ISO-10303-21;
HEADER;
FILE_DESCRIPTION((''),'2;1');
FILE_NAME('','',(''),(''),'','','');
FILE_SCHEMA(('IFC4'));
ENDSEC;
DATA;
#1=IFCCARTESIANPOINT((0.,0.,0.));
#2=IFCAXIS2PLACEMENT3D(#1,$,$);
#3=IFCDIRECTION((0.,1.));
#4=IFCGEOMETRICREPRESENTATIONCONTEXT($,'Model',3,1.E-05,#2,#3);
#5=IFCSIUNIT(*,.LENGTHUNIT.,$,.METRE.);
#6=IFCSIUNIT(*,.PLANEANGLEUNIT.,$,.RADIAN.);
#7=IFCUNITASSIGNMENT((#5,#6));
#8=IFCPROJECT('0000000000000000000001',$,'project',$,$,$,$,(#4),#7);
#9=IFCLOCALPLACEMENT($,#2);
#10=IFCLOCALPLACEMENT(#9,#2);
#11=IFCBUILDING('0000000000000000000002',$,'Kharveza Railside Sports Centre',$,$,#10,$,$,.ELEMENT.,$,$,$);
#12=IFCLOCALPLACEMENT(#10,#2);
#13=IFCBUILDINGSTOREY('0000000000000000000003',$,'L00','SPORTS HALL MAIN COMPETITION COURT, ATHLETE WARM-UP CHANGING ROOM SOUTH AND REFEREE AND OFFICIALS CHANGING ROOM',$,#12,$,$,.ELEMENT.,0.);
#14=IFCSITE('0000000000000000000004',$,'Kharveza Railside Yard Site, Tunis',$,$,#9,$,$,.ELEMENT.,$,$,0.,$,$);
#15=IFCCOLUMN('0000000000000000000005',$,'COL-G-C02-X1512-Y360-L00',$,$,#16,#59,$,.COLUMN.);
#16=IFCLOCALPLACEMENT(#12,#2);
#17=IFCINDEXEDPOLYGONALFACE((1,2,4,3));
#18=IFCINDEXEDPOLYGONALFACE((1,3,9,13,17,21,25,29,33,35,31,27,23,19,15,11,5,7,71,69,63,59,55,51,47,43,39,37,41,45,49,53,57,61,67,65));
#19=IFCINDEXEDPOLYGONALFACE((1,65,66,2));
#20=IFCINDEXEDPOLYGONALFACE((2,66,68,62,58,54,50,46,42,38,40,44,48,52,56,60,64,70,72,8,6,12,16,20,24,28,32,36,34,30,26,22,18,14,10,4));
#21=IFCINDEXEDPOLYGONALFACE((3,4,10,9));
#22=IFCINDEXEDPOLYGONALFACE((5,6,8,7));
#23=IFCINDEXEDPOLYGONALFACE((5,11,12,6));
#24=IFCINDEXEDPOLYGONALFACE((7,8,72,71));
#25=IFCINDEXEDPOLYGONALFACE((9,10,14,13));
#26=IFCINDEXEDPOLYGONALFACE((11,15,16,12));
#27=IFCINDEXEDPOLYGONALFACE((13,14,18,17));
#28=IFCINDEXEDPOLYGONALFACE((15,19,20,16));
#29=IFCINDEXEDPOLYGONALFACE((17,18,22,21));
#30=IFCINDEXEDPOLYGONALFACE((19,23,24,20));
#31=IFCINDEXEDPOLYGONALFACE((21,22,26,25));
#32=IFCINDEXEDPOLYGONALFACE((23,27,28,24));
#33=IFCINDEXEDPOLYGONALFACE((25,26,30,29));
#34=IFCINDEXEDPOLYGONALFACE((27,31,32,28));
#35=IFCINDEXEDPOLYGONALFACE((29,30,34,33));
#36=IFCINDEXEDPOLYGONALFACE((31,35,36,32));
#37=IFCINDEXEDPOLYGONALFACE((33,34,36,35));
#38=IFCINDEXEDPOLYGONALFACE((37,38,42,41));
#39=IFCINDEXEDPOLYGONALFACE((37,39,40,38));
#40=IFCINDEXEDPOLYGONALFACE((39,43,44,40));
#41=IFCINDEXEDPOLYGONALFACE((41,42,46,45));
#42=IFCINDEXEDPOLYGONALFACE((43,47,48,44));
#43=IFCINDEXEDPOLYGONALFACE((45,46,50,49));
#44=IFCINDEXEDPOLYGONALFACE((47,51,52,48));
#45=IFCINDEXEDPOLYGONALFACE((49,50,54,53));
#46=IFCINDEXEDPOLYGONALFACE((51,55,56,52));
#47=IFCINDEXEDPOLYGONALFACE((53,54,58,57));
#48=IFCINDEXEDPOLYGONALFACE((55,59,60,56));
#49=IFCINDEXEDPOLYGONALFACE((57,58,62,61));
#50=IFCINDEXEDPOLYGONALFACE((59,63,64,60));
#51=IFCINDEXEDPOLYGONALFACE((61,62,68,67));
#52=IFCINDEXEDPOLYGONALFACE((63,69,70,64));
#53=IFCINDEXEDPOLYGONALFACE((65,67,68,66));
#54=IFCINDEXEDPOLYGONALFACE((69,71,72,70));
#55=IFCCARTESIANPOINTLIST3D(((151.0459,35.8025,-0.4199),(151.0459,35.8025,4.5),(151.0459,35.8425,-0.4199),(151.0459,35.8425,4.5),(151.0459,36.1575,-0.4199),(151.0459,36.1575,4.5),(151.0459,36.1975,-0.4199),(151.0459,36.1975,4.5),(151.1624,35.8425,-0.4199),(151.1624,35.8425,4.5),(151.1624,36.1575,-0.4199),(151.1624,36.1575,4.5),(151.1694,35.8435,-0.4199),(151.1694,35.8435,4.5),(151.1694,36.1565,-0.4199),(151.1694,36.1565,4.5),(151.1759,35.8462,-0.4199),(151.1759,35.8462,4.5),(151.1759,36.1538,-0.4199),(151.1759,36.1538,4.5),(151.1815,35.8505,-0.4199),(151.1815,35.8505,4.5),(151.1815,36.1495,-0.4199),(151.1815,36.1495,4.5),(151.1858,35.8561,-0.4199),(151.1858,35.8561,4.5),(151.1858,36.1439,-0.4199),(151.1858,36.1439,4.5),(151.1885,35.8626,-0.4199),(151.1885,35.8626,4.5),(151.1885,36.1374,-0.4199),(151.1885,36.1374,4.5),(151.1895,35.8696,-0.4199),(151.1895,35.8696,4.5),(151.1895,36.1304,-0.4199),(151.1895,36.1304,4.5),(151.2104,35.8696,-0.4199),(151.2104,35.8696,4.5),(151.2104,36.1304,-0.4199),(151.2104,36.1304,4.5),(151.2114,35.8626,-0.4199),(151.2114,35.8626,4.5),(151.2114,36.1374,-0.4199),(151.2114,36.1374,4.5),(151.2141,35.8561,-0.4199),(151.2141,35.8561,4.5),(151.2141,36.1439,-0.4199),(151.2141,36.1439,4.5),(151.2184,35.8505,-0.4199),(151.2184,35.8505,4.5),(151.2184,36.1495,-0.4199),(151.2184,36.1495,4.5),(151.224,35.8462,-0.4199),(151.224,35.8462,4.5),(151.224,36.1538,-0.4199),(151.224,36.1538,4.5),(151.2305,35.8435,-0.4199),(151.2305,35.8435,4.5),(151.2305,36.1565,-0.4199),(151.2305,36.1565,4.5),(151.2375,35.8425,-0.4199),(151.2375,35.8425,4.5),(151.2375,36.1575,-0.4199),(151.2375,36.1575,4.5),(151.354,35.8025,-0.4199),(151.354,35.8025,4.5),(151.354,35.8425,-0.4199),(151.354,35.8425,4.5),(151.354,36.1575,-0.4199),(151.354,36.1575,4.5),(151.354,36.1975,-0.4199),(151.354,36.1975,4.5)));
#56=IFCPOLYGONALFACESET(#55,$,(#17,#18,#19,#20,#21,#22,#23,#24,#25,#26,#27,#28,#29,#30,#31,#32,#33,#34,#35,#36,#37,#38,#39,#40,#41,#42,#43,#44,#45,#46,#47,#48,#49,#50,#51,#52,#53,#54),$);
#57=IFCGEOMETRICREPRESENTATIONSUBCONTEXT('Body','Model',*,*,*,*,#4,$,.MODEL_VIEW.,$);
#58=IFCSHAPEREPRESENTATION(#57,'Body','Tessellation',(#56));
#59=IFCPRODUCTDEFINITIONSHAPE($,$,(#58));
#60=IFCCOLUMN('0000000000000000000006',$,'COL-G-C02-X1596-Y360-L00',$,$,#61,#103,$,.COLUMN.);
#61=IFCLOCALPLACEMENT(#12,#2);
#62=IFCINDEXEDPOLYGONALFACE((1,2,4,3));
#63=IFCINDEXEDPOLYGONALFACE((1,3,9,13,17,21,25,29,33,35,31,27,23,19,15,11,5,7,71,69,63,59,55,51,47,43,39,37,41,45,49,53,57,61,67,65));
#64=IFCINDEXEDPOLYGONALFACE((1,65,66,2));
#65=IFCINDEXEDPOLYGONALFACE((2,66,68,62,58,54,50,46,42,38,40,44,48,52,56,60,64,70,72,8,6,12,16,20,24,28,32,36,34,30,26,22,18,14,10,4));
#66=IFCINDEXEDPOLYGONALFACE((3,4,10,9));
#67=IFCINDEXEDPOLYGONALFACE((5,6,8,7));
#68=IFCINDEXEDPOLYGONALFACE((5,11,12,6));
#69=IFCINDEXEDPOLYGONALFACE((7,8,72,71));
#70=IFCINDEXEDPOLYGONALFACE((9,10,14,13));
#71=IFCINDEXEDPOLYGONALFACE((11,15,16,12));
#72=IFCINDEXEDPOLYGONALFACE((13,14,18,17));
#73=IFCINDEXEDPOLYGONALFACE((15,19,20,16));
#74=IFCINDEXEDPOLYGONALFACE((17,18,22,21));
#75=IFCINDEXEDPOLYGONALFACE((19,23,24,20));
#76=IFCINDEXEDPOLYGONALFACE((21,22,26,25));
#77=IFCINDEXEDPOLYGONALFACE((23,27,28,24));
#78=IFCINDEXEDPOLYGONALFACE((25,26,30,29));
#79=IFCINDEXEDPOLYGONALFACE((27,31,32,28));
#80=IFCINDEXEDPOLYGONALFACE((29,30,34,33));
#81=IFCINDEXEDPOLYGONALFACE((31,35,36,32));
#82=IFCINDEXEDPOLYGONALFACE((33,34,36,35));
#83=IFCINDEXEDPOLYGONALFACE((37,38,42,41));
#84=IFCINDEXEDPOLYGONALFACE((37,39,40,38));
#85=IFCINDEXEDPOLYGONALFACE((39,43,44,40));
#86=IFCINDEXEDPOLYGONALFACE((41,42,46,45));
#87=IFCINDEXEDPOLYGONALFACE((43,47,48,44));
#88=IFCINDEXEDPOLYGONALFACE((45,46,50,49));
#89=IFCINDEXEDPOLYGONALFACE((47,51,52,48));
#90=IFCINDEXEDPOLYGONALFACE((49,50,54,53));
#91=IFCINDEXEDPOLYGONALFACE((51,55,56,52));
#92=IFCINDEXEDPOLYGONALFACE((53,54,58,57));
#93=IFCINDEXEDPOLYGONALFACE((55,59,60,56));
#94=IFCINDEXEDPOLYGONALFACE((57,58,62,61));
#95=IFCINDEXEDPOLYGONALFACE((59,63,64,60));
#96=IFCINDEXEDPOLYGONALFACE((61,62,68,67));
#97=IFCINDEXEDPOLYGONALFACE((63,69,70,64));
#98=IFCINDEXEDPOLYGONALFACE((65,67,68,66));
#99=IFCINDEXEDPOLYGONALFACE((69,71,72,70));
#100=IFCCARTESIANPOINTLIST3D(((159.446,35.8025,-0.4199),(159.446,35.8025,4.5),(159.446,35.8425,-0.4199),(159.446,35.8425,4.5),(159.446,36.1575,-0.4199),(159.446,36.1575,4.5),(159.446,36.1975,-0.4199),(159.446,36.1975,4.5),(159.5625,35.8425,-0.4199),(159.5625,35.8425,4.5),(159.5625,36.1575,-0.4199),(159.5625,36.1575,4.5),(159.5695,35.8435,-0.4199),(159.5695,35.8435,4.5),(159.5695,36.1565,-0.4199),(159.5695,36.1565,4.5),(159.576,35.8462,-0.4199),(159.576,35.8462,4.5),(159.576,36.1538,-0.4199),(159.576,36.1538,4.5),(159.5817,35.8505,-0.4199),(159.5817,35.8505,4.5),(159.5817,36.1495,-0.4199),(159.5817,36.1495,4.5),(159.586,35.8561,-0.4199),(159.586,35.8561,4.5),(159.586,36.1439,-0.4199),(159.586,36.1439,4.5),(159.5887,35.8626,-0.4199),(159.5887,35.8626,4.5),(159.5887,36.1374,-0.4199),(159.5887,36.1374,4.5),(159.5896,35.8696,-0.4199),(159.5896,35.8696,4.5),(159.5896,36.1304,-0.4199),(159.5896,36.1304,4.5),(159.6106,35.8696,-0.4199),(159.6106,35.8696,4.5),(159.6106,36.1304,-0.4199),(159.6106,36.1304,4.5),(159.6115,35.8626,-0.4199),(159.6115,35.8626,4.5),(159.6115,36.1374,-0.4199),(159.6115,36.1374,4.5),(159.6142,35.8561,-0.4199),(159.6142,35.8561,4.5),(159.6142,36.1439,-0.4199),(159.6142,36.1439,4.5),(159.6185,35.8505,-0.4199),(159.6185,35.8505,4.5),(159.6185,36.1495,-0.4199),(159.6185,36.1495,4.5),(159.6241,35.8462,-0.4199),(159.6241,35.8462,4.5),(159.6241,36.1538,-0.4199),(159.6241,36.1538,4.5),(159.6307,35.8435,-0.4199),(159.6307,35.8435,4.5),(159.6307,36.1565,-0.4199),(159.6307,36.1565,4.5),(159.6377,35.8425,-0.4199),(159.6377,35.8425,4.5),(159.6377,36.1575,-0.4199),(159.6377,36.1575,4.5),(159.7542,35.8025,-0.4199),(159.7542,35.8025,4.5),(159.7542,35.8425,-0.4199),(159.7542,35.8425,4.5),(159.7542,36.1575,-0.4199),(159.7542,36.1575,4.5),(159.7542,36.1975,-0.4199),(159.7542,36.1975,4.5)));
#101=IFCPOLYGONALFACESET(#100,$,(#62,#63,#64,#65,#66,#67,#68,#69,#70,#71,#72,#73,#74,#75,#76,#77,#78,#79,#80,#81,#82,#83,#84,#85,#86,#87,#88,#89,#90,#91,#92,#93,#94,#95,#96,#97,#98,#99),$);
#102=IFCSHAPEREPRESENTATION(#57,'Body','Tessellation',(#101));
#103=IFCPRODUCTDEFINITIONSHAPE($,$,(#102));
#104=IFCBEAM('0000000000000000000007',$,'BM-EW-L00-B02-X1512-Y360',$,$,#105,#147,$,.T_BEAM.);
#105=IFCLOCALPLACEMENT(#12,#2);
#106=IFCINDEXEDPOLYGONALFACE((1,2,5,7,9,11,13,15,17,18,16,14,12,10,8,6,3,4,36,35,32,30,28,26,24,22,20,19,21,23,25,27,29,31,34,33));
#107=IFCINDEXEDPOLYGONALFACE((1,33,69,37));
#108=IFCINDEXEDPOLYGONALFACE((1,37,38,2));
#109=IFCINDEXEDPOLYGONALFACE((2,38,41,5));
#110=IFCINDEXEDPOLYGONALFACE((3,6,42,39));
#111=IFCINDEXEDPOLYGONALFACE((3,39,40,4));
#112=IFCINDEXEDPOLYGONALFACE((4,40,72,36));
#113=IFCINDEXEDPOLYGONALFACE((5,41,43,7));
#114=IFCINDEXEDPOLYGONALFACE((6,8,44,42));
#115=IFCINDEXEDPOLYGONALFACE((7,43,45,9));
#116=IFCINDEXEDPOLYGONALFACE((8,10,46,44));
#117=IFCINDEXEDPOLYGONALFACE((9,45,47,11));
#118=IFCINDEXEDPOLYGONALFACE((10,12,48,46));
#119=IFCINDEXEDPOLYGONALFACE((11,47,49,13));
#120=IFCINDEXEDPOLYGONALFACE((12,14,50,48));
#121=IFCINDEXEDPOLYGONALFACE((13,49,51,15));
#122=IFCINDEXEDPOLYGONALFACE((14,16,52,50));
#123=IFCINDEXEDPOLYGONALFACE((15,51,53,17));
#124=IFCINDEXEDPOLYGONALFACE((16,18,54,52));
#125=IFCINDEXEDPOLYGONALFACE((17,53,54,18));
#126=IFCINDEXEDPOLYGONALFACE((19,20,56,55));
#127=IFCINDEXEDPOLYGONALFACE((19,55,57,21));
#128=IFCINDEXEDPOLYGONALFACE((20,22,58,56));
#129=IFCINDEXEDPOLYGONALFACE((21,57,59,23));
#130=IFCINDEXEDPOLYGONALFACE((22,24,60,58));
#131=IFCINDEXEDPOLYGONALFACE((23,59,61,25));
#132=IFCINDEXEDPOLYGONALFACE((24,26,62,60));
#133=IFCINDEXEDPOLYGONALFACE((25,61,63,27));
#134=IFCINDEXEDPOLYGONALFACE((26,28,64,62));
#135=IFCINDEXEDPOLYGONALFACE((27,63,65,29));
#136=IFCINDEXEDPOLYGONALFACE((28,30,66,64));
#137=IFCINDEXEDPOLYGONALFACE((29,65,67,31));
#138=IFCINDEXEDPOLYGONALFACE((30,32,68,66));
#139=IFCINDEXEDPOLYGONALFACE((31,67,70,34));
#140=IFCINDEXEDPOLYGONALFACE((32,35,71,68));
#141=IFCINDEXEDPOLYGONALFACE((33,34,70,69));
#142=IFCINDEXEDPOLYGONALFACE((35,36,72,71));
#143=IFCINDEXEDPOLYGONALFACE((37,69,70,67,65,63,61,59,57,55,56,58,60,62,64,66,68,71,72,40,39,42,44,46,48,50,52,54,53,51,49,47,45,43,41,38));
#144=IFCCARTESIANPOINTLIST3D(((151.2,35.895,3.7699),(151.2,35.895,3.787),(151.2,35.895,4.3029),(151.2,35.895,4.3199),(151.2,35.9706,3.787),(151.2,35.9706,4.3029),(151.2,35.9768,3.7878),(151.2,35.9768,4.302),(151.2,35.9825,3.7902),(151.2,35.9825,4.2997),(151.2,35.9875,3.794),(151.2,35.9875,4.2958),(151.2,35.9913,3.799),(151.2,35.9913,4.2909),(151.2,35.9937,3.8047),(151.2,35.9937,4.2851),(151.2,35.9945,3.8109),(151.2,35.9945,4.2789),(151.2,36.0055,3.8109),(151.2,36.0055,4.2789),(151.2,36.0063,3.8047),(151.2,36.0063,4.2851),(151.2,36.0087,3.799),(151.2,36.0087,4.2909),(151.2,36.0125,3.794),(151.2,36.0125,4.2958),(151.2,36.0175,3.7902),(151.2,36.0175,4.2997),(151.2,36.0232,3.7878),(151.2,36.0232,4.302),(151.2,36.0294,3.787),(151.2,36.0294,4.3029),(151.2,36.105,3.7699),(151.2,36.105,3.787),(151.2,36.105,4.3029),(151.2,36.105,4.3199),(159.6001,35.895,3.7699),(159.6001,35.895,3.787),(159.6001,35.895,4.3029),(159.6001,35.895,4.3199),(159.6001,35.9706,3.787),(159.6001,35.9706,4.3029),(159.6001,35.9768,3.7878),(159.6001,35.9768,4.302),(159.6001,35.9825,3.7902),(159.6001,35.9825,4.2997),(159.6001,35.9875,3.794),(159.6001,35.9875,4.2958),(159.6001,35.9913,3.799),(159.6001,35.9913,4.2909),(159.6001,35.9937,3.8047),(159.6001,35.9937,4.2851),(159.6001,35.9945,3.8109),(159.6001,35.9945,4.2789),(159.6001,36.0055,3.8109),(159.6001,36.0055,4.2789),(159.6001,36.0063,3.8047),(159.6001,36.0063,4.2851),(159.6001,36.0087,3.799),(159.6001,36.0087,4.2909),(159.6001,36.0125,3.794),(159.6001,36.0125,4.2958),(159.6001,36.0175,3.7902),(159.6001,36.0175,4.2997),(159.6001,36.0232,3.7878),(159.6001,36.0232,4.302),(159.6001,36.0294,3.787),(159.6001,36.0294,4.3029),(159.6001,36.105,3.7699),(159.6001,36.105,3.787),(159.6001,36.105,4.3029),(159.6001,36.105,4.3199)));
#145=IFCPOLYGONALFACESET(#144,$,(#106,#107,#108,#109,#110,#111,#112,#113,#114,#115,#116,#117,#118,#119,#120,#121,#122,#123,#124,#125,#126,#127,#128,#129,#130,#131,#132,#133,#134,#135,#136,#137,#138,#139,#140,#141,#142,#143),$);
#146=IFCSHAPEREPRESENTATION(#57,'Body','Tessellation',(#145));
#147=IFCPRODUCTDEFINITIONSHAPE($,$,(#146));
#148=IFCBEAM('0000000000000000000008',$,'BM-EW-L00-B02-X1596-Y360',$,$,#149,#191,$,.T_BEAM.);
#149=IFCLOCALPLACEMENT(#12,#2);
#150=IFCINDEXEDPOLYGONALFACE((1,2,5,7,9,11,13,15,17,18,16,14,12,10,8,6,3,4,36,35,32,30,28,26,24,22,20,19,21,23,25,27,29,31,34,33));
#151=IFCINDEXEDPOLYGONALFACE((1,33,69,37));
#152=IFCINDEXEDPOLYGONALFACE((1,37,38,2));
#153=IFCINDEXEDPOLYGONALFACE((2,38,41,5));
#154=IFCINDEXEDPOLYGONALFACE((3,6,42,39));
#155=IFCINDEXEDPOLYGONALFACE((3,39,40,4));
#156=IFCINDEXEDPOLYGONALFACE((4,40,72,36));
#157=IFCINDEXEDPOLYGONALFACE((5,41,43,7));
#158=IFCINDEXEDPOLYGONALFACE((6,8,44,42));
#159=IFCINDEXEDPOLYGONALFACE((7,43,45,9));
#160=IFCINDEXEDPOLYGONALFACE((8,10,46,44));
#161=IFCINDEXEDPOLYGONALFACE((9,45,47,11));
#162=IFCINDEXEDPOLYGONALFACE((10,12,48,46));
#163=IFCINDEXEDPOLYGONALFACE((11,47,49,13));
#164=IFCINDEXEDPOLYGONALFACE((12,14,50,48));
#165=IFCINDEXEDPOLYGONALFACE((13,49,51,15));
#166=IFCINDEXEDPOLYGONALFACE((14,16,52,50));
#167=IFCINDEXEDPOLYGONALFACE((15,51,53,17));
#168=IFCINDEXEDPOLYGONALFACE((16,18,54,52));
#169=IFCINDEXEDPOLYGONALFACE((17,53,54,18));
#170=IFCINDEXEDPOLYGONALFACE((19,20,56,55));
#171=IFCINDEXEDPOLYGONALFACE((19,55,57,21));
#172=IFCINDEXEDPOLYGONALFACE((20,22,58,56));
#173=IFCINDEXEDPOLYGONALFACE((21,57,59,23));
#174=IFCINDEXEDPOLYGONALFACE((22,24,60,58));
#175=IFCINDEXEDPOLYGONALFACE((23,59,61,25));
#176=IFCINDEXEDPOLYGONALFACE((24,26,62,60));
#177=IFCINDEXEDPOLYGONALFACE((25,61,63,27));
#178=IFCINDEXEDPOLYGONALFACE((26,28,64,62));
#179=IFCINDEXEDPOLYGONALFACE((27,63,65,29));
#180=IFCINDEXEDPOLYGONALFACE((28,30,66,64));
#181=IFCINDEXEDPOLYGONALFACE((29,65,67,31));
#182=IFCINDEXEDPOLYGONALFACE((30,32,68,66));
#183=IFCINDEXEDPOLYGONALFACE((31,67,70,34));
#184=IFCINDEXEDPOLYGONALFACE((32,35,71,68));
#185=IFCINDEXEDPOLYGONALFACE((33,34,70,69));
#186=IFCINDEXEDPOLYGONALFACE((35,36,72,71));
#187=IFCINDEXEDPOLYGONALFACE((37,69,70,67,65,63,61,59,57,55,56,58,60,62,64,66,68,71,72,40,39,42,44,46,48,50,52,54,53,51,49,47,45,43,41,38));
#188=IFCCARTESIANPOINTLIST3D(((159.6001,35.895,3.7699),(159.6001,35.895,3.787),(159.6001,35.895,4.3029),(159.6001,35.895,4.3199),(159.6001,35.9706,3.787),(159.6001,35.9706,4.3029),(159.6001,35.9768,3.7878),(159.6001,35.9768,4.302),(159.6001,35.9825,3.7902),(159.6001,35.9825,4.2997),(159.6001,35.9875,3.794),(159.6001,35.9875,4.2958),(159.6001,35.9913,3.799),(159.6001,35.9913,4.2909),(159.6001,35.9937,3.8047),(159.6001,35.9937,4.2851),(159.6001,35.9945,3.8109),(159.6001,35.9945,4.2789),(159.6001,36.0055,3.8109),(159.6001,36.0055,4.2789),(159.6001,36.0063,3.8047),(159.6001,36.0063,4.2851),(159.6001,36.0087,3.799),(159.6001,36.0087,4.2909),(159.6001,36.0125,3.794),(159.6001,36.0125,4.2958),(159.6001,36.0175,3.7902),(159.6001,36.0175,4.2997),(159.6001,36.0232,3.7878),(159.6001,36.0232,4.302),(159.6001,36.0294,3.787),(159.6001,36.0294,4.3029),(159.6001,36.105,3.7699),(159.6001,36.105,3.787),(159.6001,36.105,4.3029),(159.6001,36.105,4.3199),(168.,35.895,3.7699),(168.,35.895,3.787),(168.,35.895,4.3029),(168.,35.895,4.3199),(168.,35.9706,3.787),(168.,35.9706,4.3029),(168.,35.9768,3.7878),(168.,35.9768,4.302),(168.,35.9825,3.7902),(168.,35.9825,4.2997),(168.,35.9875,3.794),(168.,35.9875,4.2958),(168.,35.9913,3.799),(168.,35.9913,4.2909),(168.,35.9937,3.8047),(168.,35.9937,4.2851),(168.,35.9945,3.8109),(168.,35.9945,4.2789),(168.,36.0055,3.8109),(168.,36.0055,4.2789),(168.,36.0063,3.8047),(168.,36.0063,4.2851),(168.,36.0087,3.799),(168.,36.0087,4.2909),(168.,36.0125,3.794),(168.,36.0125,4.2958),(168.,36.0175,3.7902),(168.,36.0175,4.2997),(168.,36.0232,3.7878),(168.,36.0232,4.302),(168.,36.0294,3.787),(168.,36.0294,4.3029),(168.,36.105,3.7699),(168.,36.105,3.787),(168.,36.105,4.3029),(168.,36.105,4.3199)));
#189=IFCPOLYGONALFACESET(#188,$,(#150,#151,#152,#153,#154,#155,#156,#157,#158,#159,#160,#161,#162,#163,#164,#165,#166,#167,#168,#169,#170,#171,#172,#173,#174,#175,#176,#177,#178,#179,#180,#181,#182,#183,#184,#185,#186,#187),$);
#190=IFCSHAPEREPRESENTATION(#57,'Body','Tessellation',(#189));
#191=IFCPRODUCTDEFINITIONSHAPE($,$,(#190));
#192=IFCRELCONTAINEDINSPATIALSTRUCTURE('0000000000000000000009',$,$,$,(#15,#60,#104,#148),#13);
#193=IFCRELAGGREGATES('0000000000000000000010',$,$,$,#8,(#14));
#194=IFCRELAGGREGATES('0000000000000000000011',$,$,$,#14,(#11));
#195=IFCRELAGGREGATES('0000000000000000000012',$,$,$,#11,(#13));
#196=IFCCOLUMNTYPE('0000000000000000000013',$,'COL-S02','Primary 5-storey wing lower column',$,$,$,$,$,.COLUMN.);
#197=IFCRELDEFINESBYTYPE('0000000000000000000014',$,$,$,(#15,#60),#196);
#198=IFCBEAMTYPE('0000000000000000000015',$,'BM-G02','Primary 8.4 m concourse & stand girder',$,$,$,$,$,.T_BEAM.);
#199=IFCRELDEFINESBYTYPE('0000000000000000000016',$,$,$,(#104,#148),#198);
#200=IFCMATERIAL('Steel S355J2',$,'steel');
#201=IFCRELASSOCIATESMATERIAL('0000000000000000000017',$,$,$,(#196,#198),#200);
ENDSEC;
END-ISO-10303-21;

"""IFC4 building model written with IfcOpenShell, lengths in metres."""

from ifc_helpers import new_model, si_unit, direction, frame, origin, origin_2d, place, context, subcontext, project, spatial, i_section, extrude, material, material_profile, profile_set, type_object, element, save


model = new_model("IFC4")

# Units and contexts
model_context = context("Model", 3, precision=1e-05, world=origin(), true_north=direction((0.0, 1.0)))
body_context = subcontext(model_context, "Body", "Model", "MODEL_VIEW")
ifc_project = project(units=[si_unit("LENGTHUNIT", "METRE"), si_unit("PLANEANGLEUNIT", "RADIAN")], contexts=[model_context])

# Site, building, storey
site_placement = place(None, origin())
site = spatial("IfcSite", under=ifc_project, at=site_placement, Name="Kharveza Railside Yard Site, Tunis", CompositionType="ELEMENT", RefElevation=0.0)
building_placement = place(site_placement, origin())
building = spatial("IfcBuilding", under=site, at=building_placement, Name="Kharveza Railside Sports Centre", CompositionType="ELEMENT")
storey_placement = place(building_placement, origin())
storey = spatial("IfcBuildingStorey", under=building, at=storey_placement, Name="L00", Description="SPORTS HALL MAIN COMPETITION COURT, ATHLETE WARM-UP CHANGING ROOM SOUTH AND REFEREE AND OFFICIALS CHANGING ROOM", CompositionType="ELEMENT", Elevation=0.0)

# Columns
ifc_material_1 = material(Name="Steel S355J2", Category="steel")
ifc_material_profile_1 = material_profile(ifc_material_1, i_section(OverallWidth=0.3081, OverallDepth=0.395, WebThickness=0.021, FlangeThickness=0.04, FilletRadius=0.0271, at=origin_2d()), Name="HEM 360")
ifc_profile_set_1 = profile_set([ifc_material_profile_1], Name="Steel S355J2")
column_type = type_object("IfcColumnType", Name="COL-S02", Description="Primary 5-storey wing lower column", PredefinedType="COLUMN", material=ifc_profile_set_1)
for number, where, z_axis, x_axis, name in (
    (1, (151.2, 36.0, -0.4199), (0.0, 0.0, 1.0), (1.0, 0.0, 0.0), "COL-G-C02-X1512-Y360-L00"),
    (2, (159.6001, 36.0, -0.4199), (0.0, 0.0, 1.0), (1.0, 0.0, 0.0), "COL-G-C02-X1596-Y360-L00"),
):
    element("IfcColumn", number, at=place(storey_placement, frame(where, z_axis=z_axis, x_axis=x_axis)), inside=storey, type_object=column_type, Name=name, PredefinedType="COLUMN", context=body_context, shape_type="SweptSolid", body=[
        extrude(i_section(OverallWidth=0.3081, OverallDepth=0.395, WebThickness=0.021, FlangeThickness=0.04, FilletRadius=0.0271, at=origin_2d()), origin(), (0.0, 0.0, 1.0), 4.9199),
    ])

# Beams
ifc_material_profile_2 = material_profile(ifc_material_1, i_section(OverallWidth=0.21, OverallDepth=0.55, WebThickness=0.011, FlangeThickness=0.0171, FilletRadius=0.0239, at=origin_2d()), Name="IPE 550")
ifc_profile_set_2 = profile_set([ifc_material_profile_2], Name="Steel S355J2")
beam_type_1 = type_object("IfcBeamType", Name="BM-G02", Description="Primary 8.4 m concourse & stand girder", PredefinedType="T_BEAM", material=ifc_profile_set_2)
beam_1_placement = place(storey_placement, frame((151.2, 36.0, 4.0449), z_axis=(1.0, 0.0, 0.0), x_axis=(0.0, 1.0, 0.0)))
element("IfcBeam", 3, at=beam_1_placement, inside=storey, type_object=beam_type_1, Name="BM-EW-L00-B02-X1512-Y360", PredefinedType="T_BEAM", context=body_context, shape_type="SweptSolid", body=[
    extrude(i_section(OverallWidth=0.21, OverallDepth=0.55, WebThickness=0.011, FlangeThickness=0.0171, FilletRadius=0.0239, at=origin_2d()), origin(), (0.0, 0.0, 1.0), 8.4001),
])
beam_2_placement = place(storey_placement, frame((159.6001, 36.0, 4.0449), z_axis=(1.0, 0.0, 0.0), x_axis=(0.0, 1.0, 0.0)))
element("IfcBeam", 4, at=beam_2_placement, inside=storey, type_object=beam_type_1, Name="BM-EW-L00-B02-X1596-Y360", PredefinedType="T_BEAM", context=body_context, shape_type="SweptSolid", body=[
    extrude(i_section(OverallWidth=0.21, OverallDepth=0.55, WebThickness=0.011, FlangeThickness=0.0171, FilletRadius=0.0239, at=origin_2d()), origin(), (0.0, 0.0, 1.0), 8.3999),
])

save(model, "model.ifc")
